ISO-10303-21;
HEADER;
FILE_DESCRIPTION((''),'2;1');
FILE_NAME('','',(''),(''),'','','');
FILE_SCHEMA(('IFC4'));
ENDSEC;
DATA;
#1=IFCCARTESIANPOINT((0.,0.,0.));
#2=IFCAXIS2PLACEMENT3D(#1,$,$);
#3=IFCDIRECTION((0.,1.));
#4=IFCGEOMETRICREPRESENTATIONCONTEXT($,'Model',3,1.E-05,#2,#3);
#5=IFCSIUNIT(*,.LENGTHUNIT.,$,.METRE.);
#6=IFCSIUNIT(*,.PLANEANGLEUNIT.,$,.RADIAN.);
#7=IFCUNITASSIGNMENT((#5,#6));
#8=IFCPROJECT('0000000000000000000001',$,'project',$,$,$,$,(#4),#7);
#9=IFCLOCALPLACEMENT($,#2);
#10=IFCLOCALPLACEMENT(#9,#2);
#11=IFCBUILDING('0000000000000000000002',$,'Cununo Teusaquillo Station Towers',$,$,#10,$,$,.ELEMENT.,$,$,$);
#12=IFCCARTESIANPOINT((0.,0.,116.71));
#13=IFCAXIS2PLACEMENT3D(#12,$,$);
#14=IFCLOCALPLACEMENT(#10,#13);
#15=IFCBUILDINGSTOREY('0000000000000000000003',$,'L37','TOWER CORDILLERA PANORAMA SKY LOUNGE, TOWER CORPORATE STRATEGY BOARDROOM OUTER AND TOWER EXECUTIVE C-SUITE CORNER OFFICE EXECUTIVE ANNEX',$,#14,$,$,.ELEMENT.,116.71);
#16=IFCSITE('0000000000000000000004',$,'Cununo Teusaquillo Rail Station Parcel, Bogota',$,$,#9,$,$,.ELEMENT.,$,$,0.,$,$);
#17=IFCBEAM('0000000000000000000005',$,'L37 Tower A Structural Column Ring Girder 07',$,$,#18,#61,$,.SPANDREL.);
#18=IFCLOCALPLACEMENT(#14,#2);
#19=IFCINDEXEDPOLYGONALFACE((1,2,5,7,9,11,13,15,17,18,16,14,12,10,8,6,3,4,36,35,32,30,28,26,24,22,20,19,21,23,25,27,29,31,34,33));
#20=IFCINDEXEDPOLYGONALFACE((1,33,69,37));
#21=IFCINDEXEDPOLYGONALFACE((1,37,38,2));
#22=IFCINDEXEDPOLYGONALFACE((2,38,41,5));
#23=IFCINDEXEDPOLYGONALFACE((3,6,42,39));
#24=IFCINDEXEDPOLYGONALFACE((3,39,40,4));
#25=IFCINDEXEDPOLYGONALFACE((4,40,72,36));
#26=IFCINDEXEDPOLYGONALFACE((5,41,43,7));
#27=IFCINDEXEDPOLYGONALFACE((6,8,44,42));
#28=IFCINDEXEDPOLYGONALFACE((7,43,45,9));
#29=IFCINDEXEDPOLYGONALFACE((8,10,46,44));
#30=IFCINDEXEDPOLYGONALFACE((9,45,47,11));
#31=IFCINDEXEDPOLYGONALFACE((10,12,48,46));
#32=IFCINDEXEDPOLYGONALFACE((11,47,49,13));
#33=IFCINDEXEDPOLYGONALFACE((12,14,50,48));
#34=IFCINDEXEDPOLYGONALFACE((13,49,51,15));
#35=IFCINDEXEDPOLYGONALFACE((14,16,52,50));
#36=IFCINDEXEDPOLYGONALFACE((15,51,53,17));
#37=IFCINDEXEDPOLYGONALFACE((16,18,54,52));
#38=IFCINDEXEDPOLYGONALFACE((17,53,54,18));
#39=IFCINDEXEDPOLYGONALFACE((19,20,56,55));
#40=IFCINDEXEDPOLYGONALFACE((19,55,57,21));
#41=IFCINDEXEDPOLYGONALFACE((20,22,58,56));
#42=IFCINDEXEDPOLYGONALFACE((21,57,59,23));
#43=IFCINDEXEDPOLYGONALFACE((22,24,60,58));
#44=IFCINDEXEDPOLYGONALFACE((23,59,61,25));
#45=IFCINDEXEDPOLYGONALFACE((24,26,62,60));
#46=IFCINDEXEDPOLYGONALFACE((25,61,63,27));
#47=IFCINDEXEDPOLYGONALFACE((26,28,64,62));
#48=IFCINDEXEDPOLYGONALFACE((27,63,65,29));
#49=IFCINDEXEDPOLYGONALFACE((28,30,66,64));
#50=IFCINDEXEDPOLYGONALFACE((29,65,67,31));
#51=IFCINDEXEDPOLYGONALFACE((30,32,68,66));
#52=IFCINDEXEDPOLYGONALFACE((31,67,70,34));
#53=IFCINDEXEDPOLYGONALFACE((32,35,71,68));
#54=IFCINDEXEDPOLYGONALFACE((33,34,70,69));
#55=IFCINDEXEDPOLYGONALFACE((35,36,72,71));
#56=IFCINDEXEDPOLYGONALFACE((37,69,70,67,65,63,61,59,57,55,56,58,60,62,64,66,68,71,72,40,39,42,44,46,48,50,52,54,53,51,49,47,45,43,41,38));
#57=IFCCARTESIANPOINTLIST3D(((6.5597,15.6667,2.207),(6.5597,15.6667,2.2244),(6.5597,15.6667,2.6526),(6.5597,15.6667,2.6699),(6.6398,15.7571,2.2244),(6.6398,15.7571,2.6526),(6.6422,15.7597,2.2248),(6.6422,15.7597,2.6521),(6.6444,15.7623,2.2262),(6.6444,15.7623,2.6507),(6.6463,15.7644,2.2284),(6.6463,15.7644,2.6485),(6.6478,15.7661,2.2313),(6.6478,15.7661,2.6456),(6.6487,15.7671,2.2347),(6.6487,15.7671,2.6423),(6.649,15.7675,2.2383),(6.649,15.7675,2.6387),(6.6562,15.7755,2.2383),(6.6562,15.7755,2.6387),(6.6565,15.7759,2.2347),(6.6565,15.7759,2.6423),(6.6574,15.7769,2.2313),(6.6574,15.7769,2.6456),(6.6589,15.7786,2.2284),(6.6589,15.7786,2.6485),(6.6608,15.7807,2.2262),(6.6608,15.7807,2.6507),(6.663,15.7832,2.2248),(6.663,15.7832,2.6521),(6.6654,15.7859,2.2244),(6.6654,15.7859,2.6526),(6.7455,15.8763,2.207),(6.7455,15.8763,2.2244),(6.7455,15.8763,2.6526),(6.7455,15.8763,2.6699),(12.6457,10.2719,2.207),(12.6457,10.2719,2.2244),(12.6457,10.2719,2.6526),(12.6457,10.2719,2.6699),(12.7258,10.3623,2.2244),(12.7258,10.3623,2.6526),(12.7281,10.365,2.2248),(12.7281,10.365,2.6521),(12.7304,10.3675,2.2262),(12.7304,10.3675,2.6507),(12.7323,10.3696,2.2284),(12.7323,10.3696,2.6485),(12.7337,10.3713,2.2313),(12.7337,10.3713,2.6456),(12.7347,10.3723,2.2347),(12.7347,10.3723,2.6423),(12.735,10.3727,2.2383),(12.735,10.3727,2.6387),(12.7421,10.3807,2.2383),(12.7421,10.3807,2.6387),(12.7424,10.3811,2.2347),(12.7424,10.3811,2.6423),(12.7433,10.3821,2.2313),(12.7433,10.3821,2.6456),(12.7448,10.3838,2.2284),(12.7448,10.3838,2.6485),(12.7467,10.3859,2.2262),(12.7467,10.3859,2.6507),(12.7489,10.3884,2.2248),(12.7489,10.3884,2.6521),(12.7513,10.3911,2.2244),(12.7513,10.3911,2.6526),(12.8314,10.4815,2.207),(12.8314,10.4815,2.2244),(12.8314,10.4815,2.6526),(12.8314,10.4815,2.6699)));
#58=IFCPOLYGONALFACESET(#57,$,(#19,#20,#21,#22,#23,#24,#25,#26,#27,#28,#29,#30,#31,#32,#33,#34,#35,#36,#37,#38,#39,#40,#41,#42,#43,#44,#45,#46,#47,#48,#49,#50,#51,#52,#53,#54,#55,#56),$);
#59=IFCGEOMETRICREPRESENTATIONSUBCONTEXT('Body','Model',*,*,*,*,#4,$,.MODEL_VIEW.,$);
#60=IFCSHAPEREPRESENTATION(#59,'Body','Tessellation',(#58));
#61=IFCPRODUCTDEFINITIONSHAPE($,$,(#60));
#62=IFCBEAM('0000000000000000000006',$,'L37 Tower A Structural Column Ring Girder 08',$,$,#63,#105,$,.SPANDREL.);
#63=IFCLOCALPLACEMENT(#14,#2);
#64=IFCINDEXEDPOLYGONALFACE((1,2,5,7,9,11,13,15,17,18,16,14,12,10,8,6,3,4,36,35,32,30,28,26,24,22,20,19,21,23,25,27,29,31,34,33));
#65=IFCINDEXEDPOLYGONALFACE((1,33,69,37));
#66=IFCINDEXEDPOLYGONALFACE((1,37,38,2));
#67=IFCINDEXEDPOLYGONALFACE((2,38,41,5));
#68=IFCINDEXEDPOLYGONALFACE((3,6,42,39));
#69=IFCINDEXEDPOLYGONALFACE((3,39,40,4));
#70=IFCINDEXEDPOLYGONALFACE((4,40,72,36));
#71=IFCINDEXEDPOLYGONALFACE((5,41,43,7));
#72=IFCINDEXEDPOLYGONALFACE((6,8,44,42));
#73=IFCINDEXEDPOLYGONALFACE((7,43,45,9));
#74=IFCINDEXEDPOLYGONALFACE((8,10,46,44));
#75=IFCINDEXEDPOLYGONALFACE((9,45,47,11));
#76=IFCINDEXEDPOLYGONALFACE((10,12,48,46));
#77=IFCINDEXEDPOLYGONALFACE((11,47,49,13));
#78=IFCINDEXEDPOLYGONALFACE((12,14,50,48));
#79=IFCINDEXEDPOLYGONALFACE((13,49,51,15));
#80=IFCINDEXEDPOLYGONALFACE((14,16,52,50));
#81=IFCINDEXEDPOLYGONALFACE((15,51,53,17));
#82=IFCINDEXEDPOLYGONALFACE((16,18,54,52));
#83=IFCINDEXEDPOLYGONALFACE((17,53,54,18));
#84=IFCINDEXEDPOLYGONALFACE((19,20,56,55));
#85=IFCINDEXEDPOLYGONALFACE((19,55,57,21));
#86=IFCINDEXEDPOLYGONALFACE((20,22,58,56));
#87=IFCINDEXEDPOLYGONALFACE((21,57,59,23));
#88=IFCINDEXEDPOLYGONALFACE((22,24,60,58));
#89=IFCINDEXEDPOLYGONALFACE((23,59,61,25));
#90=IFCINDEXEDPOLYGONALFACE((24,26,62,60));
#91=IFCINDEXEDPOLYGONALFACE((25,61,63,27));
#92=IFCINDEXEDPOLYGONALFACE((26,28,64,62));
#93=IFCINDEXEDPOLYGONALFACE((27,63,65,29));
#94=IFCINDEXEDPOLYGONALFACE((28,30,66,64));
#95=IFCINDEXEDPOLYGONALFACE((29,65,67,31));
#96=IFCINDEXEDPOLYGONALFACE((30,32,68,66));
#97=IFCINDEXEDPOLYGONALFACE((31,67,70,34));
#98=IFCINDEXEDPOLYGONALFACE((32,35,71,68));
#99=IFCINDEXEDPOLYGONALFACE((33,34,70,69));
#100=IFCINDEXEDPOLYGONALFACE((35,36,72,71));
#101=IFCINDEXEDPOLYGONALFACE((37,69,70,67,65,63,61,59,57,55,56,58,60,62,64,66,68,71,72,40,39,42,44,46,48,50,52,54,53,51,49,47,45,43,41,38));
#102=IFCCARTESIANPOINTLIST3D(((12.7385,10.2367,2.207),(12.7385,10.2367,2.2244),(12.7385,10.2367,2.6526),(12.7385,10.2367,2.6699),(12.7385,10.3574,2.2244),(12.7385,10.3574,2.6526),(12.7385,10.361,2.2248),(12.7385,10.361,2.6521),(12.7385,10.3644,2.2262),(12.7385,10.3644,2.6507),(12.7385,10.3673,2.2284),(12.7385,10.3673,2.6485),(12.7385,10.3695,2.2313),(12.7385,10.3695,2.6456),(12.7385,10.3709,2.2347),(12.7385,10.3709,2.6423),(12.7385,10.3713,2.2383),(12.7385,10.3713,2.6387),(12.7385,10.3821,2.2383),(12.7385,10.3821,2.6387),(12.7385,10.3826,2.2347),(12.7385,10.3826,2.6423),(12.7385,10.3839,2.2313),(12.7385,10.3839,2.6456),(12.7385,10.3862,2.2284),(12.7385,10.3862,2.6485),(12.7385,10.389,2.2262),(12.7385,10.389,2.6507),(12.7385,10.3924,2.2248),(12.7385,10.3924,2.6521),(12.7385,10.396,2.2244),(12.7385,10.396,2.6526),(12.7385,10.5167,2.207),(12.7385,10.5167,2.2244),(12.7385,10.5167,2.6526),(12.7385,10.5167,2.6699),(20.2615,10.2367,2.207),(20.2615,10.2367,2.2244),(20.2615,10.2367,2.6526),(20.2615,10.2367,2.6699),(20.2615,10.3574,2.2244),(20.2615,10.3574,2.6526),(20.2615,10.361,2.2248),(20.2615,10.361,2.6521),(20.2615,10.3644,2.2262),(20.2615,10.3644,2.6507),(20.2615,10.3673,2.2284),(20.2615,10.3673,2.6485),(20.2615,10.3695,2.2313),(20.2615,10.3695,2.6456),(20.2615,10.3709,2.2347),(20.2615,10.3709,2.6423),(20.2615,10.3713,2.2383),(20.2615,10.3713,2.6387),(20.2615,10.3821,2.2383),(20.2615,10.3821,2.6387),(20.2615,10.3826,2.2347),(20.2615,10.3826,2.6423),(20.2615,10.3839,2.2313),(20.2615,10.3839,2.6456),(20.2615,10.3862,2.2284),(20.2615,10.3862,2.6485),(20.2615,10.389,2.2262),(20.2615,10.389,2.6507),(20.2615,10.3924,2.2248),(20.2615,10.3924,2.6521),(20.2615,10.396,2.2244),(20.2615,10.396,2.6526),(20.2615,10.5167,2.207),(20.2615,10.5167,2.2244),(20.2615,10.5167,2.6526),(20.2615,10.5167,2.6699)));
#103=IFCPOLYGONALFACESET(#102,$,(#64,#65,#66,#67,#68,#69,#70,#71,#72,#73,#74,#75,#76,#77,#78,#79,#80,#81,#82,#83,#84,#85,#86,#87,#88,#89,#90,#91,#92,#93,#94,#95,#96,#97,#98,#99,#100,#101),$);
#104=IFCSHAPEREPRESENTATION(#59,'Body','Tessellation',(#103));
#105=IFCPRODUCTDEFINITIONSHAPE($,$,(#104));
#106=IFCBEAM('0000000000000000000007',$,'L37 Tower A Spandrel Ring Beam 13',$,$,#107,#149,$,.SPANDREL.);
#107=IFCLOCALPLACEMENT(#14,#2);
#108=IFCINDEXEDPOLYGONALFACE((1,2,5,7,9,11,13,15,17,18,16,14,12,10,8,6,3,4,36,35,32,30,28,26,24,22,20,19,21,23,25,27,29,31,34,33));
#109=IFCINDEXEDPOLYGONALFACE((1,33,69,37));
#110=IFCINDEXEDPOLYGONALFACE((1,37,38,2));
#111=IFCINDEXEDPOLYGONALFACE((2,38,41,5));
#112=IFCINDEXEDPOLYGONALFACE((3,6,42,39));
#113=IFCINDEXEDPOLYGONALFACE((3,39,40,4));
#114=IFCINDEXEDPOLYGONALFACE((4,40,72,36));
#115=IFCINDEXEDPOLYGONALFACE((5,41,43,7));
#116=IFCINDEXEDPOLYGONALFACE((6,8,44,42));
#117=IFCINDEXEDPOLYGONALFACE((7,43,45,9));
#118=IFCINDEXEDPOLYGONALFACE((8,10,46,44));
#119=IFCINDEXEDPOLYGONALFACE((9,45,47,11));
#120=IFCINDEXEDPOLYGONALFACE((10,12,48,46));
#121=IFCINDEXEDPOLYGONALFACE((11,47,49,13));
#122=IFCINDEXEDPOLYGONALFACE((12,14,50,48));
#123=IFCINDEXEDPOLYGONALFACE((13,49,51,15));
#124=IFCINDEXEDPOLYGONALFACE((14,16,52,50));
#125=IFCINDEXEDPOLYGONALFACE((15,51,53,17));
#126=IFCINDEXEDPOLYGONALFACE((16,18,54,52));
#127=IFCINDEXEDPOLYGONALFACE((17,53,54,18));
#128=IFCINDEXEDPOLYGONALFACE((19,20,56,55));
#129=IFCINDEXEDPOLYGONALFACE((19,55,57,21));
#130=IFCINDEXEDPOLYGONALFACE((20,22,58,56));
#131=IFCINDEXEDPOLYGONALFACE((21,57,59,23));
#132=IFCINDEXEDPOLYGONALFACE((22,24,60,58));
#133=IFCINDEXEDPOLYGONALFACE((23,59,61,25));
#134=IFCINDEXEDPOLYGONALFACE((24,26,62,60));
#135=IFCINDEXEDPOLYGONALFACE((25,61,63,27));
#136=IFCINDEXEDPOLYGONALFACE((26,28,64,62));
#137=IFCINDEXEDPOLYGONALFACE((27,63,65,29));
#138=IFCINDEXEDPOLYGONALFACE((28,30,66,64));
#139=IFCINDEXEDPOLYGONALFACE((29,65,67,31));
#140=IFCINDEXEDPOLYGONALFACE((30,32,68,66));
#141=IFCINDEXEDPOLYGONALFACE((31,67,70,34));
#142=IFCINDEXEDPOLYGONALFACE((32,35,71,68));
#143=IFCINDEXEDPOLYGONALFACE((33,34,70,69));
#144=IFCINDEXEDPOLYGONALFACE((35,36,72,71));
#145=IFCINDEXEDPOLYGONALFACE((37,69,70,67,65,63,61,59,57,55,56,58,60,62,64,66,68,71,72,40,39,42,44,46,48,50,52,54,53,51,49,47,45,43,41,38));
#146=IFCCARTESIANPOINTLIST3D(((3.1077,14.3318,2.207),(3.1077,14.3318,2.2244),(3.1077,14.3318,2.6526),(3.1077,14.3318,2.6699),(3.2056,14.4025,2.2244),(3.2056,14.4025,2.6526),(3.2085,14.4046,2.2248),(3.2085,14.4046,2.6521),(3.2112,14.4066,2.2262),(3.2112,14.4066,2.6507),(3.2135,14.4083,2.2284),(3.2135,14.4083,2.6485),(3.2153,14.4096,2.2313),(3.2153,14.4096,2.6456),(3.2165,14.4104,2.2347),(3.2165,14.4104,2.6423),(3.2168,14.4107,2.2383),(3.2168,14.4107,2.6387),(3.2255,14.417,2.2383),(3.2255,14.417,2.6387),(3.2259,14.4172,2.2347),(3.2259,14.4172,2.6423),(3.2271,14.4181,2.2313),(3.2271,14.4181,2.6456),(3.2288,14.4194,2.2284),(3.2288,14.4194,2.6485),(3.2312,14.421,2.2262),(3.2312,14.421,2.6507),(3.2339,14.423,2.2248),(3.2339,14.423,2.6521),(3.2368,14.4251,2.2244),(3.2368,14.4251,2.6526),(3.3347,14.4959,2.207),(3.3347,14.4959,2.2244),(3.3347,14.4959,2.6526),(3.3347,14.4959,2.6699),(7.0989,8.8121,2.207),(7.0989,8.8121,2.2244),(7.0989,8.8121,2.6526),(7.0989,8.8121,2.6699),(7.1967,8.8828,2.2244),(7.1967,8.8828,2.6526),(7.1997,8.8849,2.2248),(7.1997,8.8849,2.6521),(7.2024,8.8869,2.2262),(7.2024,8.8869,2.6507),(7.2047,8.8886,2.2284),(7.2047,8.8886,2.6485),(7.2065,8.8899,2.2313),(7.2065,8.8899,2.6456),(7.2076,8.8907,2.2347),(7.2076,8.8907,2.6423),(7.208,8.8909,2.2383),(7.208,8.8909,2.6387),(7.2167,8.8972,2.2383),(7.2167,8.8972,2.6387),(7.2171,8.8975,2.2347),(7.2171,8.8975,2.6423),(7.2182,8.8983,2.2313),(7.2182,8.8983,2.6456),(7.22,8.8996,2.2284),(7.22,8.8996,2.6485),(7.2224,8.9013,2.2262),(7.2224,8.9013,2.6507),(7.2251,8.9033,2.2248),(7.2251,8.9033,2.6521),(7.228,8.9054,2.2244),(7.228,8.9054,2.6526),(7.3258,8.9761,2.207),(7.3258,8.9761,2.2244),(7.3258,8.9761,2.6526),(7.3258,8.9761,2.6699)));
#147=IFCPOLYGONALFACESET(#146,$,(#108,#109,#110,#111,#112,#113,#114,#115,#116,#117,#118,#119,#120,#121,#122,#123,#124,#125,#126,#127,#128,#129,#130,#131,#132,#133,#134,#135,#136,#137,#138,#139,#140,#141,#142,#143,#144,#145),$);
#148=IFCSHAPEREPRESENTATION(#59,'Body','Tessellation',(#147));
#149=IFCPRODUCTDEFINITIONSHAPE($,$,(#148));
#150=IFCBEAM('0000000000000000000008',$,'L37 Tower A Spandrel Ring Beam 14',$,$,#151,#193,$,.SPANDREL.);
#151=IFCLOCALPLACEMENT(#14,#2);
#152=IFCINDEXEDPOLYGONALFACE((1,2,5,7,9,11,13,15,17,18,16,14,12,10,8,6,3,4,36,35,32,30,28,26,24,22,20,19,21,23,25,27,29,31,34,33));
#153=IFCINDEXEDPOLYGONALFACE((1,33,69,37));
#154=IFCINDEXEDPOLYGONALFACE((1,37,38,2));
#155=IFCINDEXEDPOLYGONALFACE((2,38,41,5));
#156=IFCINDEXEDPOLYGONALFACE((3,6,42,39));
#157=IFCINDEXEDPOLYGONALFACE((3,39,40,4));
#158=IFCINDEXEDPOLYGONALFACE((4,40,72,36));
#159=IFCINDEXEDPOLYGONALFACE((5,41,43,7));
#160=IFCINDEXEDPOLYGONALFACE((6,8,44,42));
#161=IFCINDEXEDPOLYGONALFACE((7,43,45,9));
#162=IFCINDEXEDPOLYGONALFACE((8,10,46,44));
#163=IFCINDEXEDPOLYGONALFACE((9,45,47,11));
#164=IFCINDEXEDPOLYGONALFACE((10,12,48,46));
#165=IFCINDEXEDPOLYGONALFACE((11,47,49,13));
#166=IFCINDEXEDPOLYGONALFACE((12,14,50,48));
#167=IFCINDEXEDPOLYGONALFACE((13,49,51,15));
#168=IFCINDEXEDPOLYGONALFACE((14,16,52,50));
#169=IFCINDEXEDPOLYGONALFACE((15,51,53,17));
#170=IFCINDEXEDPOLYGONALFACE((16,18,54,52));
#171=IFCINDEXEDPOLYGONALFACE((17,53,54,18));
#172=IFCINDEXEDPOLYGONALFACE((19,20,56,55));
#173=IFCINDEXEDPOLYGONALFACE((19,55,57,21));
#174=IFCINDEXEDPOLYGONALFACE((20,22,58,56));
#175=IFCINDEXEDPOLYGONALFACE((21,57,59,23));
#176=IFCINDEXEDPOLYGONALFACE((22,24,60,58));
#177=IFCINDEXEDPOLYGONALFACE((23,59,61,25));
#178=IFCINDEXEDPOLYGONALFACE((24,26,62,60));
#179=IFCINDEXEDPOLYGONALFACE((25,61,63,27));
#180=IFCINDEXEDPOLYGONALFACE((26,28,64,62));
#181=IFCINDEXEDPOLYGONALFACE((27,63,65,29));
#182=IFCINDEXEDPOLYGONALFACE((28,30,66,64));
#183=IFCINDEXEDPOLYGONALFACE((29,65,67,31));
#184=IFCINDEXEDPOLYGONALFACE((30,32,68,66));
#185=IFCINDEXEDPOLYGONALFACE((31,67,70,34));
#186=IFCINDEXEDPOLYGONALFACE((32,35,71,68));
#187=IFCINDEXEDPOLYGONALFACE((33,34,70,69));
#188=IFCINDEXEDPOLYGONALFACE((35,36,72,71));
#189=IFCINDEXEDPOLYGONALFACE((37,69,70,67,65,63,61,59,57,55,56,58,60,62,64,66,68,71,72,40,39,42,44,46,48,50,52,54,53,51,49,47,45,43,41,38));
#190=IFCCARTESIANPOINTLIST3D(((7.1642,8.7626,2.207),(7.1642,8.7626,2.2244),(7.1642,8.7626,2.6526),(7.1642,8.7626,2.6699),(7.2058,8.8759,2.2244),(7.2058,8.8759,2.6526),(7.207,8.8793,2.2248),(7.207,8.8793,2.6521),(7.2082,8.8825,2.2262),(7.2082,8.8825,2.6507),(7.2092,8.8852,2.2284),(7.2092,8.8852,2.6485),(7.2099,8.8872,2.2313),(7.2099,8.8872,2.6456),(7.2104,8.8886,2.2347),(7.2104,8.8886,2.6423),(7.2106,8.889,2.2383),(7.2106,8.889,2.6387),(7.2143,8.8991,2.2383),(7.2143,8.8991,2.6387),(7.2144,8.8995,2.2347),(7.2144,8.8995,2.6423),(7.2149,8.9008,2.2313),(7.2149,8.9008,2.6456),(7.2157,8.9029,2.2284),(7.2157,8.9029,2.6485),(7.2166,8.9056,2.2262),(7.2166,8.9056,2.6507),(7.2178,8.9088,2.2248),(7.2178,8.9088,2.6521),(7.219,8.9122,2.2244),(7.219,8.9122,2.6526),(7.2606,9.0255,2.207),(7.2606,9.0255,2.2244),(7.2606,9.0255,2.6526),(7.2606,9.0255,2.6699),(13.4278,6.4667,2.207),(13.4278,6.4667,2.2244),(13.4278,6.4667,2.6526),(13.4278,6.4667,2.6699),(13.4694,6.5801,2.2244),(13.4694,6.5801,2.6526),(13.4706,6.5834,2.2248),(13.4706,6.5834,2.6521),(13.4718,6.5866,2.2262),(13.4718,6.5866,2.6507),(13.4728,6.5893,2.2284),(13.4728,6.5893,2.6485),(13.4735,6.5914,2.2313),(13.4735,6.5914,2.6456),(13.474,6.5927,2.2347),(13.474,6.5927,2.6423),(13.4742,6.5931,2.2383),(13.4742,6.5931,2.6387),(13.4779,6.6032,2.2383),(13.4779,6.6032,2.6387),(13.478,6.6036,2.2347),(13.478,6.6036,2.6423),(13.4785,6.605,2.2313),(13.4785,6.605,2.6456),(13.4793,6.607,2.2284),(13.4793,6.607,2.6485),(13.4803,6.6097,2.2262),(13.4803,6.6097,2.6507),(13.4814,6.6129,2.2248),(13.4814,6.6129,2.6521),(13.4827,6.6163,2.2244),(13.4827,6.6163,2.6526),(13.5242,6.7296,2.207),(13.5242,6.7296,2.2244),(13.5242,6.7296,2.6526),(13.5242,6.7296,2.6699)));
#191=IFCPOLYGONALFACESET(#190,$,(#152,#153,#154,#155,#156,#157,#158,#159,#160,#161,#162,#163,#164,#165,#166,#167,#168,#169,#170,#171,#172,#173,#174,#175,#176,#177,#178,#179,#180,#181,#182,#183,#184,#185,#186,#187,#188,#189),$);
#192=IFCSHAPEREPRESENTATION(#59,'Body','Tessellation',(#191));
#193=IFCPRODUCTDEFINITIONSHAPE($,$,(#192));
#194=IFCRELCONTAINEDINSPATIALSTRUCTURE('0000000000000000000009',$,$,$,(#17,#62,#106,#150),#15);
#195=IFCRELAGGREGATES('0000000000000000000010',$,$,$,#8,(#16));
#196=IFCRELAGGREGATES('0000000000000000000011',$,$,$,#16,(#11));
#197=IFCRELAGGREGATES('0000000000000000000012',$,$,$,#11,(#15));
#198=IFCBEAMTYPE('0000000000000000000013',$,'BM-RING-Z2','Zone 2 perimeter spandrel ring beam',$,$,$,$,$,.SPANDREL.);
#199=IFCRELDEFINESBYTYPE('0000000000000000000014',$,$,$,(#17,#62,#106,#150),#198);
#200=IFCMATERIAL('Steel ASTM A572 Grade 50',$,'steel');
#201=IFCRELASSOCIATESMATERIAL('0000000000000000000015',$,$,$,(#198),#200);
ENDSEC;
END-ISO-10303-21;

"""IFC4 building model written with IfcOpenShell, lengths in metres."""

from ifc_helpers import new_model, si_unit, direction, frame, origin, origin_2d, place, context, subcontext, project, spatial, i_section, extrude, material, material_profile, profile_set, type_object, element, save


model = new_model("IFC4")

# Units and contexts
model_context = context("Model", 3, precision=1e-05, world=origin(), true_north=direction((0.0, 1.0)))
body_context = subcontext(model_context, "Body", "Model", "MODEL_VIEW")
ifc_project = project(units=[si_unit("LENGTHUNIT", "METRE"), si_unit("PLANEANGLEUNIT", "RADIAN")], contexts=[model_context])

# Site, building, storey
site_placement = place(None, origin())
site = spatial("IfcSite", under=ifc_project, at=site_placement, Name="Cununo Teusaquillo Rail Station Parcel, Bogota", CompositionType="ELEMENT", RefElevation=0.0)
building_placement = place(site_placement, origin())
building = spatial("IfcBuilding", under=site, at=building_placement, Name="Cununo Teusaquillo Station Towers", CompositionType="ELEMENT")
storey_placement = place(building_placement, frame((0.0, 0.0, 116.71)))
storey = spatial("IfcBuildingStorey", under=building, at=storey_placement, Name="L37", Description="TOWER CORDILLERA PANORAMA SKY LOUNGE, TOWER CORPORATE STRATEGY BOARDROOM OUTER AND TOWER EXECUTIVE C-SUITE CORNER OFFICE EXECUTIVE ANNEX", CompositionType="ELEMENT", Elevation=116.71)

# Beams
ifc_material_1 = material(Name="Steel ASTM A572 Grade 50", Category="steel")
ifc_material_profile_1 = material_profile(ifc_material_1, i_section(OverallWidth=0.28, OverallDepth=0.4629, WebThickness=0.0107, FlangeThickness=0.0173, FilletRadius=0.0139, at=origin_2d()), Name="W18X76")
ifc_profile_set_1 = profile_set([ifc_material_profile_1], Name="Steel ASTM A572 Grade 50")
beam_type_1 = type_object("IfcBeamType", Name="BM-RING-Z2", Description="Zone 2 perimeter spandrel ring beam", PredefinedType="SPANDREL", material=ifc_profile_set_1)
beam_1_placement = place(storey_placement, frame((6.6526, 15.7715, 2.4385), z_axis=(0.748321, -0.663337, 0.0), x_axis=(0.663337, 0.748321, 0.0)))
element("IfcBeam", 1, at=beam_1_placement, inside=storey, type_object=beam_type_1, Name="L37 Tower A Structural Column Ring Girder 07", PredefinedType="SPANDREL", context=body_context, shape_type="SweptSolid", body=[
    extrude(i_section(OverallWidth=0.28, OverallDepth=0.4629, WebThickness=0.0107, FlangeThickness=0.0173, FilletRadius=0.0139, at=origin_2d()), origin(), (0.0, 0.0, 1.0), 8.1328),
])
beam_2_placement = place(storey_placement, frame((12.7385, 10.3767, 2.4385), z_axis=(1.0, 0.0, 0.0), x_axis=(0.0, 1.0, 0.0)))
element("IfcBeam", 2, at=beam_2_placement, inside=storey, type_object=beam_type_1, Name="L37 Tower A Structural Column Ring Girder 08", PredefinedType="SPANDREL", context=body_context, shape_type="SweptSolid", body=[
    extrude(i_section(OverallWidth=0.28, OverallDepth=0.4629, WebThickness=0.0107, FlangeThickness=0.0173, FilletRadius=0.0139, at=origin_2d()), origin(), (0.0, 0.0, 1.0), 7.5229),
])
beam_3_placement = place(storey_placement, frame((3.2212, 14.4138, 2.4385), z_axis=(0.585945, -0.810351, 0.0), x_axis=(0.810351, 0.585945, 0.0)))
element("IfcBeam", 3, at=beam_3_placement, inside=storey, type_object=beam_type_1, Name="L37 Tower A Spandrel Ring Beam 13", PredefinedType="SPANDREL", context=body_context, shape_type="SweptSolid", body=[
    extrude(i_section(OverallWidth=0.28, OverallDepth=0.4629, WebThickness=0.0107, FlangeThickness=0.0173, FilletRadius=0.0139, at=origin_2d()), origin(), (0.0, 0.0, 1.0), 6.8115),
])
beam_4_placement = place(storey_placement, frame((7.2124, 8.894, 2.4385), z_axis=(0.938914, -0.344151, 0.0), x_axis=(0.344151, 0.938914, 0.0)))
element("IfcBeam", 4, at=beam_4_placement, inside=storey, type_object=beam_type_1, Name="L37 Tower A Spandrel Ring Beam 14", PredefinedType="SPANDREL", context=body_context, shape_type="SweptSolid", body=[
    extrude(i_section(OverallWidth=0.28, OverallDepth=0.4629, WebThickness=0.0107, FlangeThickness=0.0173, FilletRadius=0.0139, at=origin_2d()), origin(), (0.0, 0.0, 1.0), 6.6711),
])

save(model, "model.ifc")
